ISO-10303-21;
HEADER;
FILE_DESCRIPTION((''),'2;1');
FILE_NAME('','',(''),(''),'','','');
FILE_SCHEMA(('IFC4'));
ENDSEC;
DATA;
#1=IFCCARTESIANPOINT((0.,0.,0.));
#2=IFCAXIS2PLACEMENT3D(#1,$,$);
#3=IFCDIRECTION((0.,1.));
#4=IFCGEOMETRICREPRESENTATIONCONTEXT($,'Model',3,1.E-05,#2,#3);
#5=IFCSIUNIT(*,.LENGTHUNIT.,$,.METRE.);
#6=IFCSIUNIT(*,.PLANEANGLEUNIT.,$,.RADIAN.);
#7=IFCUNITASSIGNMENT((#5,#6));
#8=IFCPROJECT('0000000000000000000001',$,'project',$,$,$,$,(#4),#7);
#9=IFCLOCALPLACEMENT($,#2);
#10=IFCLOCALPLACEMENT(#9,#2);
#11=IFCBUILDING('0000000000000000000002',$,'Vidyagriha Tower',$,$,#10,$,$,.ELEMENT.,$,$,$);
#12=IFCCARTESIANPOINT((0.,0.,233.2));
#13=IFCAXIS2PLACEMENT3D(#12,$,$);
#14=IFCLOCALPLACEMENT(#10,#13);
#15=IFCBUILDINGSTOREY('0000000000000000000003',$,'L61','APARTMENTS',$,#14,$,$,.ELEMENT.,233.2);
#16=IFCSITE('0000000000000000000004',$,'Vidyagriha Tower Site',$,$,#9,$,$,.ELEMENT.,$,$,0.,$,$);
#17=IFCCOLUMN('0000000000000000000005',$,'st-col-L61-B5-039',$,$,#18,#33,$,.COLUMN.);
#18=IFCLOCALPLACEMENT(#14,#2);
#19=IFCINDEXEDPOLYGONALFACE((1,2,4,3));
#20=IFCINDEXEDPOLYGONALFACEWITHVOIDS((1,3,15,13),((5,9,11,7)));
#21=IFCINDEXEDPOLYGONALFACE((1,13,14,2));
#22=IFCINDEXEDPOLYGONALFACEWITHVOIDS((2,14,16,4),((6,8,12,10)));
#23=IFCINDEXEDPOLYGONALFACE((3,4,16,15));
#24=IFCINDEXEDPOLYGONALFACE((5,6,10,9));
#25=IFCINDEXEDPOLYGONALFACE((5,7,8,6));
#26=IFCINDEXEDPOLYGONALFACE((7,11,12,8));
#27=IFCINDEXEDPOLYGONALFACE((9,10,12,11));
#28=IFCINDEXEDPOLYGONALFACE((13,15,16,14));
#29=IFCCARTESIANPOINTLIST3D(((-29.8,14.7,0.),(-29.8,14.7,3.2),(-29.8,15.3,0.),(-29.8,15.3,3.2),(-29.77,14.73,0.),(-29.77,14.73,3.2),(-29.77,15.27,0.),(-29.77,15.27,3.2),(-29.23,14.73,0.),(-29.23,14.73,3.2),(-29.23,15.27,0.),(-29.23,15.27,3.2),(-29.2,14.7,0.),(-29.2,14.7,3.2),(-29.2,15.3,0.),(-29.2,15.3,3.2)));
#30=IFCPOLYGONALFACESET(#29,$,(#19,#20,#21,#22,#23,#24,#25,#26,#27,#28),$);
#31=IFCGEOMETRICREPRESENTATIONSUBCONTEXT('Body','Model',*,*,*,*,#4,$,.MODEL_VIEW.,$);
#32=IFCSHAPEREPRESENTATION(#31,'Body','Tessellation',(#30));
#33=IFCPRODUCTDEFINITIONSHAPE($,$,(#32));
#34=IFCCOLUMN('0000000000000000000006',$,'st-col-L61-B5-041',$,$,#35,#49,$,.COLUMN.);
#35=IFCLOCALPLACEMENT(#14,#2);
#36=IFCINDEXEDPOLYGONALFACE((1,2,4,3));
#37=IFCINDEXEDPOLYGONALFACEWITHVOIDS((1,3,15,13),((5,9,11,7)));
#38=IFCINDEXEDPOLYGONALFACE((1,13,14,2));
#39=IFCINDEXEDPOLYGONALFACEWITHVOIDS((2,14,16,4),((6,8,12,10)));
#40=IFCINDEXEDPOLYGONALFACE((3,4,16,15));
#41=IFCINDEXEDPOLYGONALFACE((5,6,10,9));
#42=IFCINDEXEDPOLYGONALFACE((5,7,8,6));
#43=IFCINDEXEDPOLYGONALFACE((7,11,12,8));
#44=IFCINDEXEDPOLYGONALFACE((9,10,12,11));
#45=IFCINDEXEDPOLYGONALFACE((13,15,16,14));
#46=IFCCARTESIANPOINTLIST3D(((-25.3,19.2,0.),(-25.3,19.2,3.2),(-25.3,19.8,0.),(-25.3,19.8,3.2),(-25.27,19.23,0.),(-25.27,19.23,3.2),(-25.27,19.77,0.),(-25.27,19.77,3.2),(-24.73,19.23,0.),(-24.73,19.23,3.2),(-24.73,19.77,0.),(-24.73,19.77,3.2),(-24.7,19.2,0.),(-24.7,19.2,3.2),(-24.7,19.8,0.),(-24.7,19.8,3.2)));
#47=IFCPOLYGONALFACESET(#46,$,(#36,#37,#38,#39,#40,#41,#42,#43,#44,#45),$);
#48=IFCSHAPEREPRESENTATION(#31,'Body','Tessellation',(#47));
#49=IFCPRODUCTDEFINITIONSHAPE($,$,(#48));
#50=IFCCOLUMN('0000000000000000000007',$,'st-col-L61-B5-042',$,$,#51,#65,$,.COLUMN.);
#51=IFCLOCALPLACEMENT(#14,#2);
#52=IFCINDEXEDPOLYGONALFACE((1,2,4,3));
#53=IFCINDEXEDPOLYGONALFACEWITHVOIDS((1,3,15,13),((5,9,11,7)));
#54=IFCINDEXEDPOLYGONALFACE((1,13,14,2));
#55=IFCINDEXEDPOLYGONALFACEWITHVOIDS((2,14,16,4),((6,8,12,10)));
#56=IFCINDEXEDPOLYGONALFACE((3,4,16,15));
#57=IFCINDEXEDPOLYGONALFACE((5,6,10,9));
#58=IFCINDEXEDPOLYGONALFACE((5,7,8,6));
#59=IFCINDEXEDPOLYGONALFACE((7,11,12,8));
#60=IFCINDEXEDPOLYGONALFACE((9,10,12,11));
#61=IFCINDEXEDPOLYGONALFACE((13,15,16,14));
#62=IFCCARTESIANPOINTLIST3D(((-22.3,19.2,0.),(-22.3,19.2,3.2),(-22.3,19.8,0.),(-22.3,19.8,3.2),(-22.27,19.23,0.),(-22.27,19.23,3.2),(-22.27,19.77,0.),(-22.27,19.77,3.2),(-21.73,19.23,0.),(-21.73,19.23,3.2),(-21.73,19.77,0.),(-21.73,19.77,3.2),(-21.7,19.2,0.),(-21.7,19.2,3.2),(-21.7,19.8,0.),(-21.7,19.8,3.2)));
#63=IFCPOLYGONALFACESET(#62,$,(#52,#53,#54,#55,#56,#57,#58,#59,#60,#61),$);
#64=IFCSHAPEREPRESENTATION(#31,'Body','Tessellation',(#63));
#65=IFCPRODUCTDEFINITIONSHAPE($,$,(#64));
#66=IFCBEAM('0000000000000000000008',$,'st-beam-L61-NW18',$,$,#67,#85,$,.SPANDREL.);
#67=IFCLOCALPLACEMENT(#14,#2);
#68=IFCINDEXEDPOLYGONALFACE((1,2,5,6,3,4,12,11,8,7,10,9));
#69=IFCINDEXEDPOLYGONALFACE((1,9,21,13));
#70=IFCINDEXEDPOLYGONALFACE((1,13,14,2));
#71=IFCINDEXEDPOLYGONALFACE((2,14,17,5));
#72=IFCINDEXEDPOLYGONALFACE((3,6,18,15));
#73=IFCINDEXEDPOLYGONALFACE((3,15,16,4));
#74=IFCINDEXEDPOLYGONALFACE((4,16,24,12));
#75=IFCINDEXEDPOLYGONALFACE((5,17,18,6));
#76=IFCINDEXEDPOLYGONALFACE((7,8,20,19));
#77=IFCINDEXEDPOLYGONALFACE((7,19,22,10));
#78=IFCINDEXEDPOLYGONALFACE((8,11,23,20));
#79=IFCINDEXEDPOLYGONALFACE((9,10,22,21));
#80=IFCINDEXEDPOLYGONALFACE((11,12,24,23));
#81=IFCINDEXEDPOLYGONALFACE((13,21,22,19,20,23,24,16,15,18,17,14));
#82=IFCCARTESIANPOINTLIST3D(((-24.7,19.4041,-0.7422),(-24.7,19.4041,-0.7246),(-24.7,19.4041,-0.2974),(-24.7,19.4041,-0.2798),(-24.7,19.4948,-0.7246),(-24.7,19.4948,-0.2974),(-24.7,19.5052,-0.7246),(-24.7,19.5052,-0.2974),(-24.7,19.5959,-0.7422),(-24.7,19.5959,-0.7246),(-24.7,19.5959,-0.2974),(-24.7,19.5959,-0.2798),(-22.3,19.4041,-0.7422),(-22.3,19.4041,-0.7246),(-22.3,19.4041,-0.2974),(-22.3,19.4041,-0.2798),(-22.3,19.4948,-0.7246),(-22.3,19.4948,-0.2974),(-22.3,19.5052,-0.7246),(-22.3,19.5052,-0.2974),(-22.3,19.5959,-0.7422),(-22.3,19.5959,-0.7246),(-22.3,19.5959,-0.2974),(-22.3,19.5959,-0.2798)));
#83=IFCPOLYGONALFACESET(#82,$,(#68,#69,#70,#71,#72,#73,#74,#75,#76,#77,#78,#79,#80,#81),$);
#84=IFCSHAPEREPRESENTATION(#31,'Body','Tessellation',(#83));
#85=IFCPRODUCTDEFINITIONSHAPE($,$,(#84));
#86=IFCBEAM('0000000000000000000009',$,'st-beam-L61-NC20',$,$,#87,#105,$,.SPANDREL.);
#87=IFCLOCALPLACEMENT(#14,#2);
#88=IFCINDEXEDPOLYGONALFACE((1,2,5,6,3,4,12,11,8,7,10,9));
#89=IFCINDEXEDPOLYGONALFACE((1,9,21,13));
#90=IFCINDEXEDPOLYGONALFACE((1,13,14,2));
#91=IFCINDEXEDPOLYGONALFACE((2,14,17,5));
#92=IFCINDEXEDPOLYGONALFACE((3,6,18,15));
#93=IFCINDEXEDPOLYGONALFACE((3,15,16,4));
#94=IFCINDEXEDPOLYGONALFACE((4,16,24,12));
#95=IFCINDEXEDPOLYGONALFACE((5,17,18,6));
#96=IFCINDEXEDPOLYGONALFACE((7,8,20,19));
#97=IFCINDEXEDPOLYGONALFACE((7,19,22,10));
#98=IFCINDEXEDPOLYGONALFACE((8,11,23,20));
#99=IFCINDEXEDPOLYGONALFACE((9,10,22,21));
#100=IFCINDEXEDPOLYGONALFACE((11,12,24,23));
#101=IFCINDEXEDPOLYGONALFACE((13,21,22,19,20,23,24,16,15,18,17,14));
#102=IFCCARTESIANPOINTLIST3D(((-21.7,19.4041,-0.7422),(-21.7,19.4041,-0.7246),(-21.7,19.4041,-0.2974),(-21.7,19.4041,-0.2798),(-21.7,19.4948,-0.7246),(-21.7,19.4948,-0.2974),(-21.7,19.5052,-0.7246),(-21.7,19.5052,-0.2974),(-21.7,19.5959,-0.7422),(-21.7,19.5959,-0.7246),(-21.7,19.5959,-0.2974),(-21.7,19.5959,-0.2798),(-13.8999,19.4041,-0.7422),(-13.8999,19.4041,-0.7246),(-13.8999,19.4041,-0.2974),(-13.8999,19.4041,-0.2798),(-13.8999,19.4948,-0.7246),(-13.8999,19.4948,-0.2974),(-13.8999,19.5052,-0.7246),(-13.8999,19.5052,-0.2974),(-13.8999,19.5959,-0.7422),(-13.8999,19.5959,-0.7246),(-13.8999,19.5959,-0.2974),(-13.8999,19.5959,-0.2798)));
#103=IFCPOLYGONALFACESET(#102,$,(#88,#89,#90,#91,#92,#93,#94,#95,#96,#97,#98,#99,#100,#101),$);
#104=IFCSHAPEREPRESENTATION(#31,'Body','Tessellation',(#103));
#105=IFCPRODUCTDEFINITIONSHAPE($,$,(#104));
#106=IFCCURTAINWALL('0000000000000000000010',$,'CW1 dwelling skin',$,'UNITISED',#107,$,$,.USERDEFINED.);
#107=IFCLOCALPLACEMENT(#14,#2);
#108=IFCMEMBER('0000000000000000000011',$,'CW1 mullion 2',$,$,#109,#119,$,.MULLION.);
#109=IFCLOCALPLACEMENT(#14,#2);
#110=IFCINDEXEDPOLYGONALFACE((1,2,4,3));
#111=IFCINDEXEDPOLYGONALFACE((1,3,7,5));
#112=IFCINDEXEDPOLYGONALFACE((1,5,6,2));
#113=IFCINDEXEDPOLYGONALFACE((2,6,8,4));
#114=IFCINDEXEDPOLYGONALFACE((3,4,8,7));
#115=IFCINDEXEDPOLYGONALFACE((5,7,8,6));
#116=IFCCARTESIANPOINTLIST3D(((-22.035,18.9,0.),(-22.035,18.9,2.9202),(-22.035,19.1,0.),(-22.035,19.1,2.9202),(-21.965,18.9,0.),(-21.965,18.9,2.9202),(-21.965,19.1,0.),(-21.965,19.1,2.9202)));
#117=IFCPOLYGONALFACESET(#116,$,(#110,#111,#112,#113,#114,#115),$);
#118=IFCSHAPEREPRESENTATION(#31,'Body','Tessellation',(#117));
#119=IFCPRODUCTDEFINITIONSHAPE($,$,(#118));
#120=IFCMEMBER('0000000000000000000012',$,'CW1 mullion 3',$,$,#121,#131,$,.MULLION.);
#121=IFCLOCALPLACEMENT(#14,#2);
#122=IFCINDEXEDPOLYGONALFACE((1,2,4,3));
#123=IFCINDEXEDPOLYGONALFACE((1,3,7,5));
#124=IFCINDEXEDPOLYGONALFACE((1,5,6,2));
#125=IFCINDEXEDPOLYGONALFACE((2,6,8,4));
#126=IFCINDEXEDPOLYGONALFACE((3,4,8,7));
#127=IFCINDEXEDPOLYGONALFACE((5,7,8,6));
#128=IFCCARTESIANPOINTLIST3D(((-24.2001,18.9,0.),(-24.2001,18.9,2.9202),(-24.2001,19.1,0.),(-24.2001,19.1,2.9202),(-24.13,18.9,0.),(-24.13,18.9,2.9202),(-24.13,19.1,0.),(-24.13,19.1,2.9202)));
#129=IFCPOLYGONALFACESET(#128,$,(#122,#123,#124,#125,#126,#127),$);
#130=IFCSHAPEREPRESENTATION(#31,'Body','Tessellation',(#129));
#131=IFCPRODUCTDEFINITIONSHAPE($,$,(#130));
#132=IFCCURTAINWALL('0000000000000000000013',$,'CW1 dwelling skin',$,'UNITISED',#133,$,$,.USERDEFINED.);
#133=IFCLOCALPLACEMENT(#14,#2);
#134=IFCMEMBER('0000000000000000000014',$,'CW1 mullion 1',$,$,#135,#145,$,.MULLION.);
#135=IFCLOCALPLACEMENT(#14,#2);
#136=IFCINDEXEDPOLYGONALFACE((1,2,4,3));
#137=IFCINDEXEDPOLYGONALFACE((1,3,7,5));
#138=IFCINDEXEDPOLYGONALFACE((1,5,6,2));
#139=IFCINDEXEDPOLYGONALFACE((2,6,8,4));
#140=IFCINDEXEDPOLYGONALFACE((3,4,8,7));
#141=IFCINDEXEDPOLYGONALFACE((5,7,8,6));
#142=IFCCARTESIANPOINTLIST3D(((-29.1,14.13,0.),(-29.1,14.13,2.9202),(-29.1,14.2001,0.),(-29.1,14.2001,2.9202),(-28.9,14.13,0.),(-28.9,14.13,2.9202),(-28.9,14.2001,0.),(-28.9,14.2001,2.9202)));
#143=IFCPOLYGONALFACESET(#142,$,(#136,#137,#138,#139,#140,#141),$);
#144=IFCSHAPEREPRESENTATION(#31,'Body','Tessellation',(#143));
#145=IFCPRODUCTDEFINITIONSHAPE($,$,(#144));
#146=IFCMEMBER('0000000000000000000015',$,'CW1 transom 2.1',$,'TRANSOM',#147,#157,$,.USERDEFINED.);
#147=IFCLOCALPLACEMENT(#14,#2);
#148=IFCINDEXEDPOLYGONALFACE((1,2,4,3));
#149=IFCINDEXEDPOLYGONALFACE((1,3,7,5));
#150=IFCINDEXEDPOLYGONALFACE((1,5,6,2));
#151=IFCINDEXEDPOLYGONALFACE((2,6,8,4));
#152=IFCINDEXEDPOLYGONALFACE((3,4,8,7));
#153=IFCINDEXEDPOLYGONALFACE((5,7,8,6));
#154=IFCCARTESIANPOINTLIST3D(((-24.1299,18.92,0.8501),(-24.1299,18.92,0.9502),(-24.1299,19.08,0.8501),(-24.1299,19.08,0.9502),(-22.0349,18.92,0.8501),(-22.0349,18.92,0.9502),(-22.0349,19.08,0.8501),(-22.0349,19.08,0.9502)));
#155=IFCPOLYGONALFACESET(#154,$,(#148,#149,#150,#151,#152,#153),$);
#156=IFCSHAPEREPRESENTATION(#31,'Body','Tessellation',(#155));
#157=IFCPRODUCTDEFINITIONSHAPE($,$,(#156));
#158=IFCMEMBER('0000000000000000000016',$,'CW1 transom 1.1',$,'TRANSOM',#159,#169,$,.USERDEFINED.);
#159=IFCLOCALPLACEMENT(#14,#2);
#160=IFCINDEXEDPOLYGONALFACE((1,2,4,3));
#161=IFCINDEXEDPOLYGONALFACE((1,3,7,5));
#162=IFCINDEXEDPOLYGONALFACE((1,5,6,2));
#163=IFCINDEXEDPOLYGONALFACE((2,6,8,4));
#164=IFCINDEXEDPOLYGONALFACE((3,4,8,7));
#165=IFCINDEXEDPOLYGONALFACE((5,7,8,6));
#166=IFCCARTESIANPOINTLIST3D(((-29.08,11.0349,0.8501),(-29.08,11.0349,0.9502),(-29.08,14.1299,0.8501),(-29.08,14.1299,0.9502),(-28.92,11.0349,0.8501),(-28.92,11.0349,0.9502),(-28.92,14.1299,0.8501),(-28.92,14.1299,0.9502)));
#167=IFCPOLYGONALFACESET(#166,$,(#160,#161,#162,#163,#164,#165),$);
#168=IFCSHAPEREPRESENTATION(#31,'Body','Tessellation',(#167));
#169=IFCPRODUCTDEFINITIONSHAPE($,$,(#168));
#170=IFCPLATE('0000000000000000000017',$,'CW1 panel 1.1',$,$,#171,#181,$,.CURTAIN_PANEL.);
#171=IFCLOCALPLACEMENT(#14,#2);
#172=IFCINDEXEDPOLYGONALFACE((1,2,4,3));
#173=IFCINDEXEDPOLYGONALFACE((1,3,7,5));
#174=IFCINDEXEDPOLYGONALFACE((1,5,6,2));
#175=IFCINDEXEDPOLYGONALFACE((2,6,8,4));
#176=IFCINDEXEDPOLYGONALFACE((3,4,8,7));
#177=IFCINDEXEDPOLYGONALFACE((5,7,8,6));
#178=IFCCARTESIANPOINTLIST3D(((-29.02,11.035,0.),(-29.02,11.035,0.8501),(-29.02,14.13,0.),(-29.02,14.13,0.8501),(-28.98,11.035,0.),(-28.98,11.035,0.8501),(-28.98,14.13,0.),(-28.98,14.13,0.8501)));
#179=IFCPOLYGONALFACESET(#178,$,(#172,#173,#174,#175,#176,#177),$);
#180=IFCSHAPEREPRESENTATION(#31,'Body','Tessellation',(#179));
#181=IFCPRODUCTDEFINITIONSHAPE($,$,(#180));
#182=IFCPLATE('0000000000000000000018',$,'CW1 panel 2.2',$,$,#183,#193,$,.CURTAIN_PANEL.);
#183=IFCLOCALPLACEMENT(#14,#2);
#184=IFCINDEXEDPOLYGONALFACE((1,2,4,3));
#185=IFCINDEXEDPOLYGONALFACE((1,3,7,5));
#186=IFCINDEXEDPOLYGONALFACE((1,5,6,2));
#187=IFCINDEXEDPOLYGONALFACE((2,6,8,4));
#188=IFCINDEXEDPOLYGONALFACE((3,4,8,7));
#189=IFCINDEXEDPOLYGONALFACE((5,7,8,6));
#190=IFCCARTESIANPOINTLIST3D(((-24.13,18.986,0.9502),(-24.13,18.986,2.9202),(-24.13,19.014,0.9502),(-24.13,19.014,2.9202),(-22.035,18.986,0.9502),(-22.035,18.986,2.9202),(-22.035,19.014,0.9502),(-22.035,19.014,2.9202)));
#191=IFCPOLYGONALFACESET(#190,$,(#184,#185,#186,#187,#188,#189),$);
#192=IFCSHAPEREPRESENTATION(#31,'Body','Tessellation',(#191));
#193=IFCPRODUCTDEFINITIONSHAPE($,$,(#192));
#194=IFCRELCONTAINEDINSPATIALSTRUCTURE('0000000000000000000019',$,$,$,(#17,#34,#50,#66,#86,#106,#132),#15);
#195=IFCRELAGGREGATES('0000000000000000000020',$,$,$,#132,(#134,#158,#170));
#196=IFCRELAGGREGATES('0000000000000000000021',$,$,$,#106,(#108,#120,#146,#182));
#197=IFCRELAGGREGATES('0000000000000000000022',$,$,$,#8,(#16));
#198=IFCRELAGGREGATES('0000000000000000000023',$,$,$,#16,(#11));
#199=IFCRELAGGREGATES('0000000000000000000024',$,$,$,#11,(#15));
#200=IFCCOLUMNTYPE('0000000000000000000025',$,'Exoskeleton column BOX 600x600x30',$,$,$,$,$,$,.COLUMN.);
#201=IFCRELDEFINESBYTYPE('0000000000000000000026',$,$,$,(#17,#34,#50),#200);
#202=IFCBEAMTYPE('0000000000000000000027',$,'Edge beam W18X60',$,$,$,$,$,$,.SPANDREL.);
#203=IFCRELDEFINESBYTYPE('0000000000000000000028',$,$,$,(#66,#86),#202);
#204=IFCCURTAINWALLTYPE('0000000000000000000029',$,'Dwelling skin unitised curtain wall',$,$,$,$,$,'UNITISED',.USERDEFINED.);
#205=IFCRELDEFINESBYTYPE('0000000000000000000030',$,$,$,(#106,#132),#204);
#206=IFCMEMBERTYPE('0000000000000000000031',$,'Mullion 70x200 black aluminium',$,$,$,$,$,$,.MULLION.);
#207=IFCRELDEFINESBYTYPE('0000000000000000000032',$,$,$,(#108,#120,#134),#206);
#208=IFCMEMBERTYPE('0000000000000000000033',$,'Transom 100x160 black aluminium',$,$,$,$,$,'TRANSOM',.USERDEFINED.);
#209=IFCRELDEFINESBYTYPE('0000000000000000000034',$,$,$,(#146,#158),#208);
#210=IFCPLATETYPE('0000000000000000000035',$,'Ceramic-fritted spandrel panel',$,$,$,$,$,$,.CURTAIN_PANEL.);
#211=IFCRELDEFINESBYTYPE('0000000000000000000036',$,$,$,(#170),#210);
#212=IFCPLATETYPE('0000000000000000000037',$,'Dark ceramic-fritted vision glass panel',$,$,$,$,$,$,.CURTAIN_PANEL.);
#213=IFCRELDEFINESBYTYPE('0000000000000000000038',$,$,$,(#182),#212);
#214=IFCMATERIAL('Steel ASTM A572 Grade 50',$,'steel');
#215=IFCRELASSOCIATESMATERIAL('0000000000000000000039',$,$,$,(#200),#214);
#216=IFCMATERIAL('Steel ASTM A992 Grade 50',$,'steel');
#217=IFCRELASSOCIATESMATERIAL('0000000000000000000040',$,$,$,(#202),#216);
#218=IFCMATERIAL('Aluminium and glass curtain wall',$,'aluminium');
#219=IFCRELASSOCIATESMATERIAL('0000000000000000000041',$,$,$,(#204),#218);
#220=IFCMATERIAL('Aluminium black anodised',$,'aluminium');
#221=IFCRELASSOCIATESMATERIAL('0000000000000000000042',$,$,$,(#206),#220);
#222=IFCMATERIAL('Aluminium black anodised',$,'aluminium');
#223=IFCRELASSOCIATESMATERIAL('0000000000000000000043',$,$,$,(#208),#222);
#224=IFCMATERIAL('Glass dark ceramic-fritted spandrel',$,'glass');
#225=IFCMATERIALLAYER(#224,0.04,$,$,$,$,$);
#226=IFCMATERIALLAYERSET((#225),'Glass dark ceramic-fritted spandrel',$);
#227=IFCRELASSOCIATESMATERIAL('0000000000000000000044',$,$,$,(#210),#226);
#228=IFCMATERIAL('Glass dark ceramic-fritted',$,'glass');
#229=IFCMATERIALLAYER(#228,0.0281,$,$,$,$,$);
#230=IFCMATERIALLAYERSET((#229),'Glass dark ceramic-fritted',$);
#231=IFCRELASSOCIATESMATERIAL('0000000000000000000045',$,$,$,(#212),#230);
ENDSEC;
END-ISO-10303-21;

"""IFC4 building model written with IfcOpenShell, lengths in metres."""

from ifc_helpers import new_model, si_unit, direction, frame, origin, origin_2d, place, context, subcontext, project, spatial, rectangle, hollow_rectangle, i_section, extrude, material, layer, layer_set, material_profile, profile_set, type_object, element, aggregate, save


model = new_model("IFC4")

# Units and contexts
model_context = context("Model", 3, precision=1e-05, world=origin(), true_north=direction((0.0, 1.0)))
body_context = subcontext(model_context, "Body", "Model", "MODEL_VIEW")
ifc_project = project(units=[si_unit("LENGTHUNIT", "METRE"), si_unit("PLANEANGLEUNIT", "RADIAN")], contexts=[model_context])

# Site, building, storey
site_placement = place(None, origin())
site = spatial("IfcSite", under=ifc_project, at=site_placement, Name="Vidyagriha Tower Site", CompositionType="ELEMENT", RefElevation=0.0)
building_placement = place(site_placement, origin())
building = spatial("IfcBuilding", under=site, at=building_placement, Name="Vidyagriha Tower", CompositionType="ELEMENT")
storey_placement = place(building_placement, frame((0.0, 0.0, 233.2)))
storey = spatial("IfcBuildingStorey", under=building, at=storey_placement, Name="L61", Description="APARTMENTS", CompositionType="ELEMENT", Elevation=233.2)

# Columns
ifc_material_1 = material(Name="Steel ASTM A572 Grade 50", Category="steel")
ifc_material_profile_1 = material_profile(ifc_material_1, hollow_rectangle(XDim=0.6001, YDim=0.6001, WallThickness=0.03, at=origin_2d()), Name="BOX 600x600x30")
ifc_profile_set_1 = profile_set([ifc_material_profile_1], Name="Steel ASTM A572 Grade 50")
column_type = type_object("IfcColumnType", Name="Exoskeleton column BOX 600x600x30", PredefinedType="COLUMN", material=ifc_profile_set_1)
for number, where, name in (
    (1, (-29.5, 15.0, 0.0), "st-col-L61-B5-039"),
    (2, (-25.0, 19.5, 0.0), "st-col-L61-B5-041"),
    (3, (-22.0, 19.5, 0.0), "st-col-L61-B5-042"),
):
    element("IfcColumn", number, at=place(storey_placement, frame(where)), inside=storey, type_object=column_type, Name=name, PredefinedType="COLUMN", context=body_context, shape_type="SweptSolid", body=[
        extrude(hollow_rectangle(XDim=0.6001, YDim=0.6001, WallThickness=0.03, at=origin_2d()), origin(), (0.0, 0.0, 1.0), 3.2),
    ])

# Beams
ifc_material_2 = material(Name="Steel ASTM A992 Grade 50", Category="steel")
ifc_material_profile_2 = material_profile(ifc_material_2, i_section(OverallWidth=0.1919, OverallDepth=0.4624, WebThickness=0.0105, FlangeThickness=0.0176, at=origin_2d()), Name="W18X60")
ifc_profile_set_2 = profile_set([ifc_material_profile_2], Name="Steel ASTM A992 Grade 50")
beam_type = type_object("IfcBeamType", Name="Edge beam W18X60", PredefinedType="SPANDREL", material=ifc_profile_set_2)
beam_1_placement = place(storey_placement, frame((-24.7, 19.5, -0.511), z_axis=(1.0, 0.0, 0.0), x_axis=(0.0, 1.0, 0.0)))
element("IfcBeam", 4, at=beam_1_placement, inside=storey, type_object=beam_type, Name="st-beam-L61-NW18", PredefinedType="SPANDREL", context=body_context, shape_type="SweptSolid", body=[
    extrude(i_section(OverallWidth=0.1919, OverallDepth=0.4624, WebThickness=0.0105, FlangeThickness=0.0176, at=origin_2d()), origin(), (0.0, 0.0, 1.0), 2.3999),
])
beam_2_placement = place(storey_placement, frame((-21.7, 19.5, -0.511), z_axis=(1.0, 0.0, 0.0), x_axis=(0.0, 1.0, 0.0)))
element("IfcBeam", 5, at=beam_2_placement, inside=storey, type_object=beam_type, Name="st-beam-L61-NC20", PredefinedType="SPANDREL", context=body_context, shape_type="SweptSolid", body=[
    extrude(i_section(OverallWidth=0.1919, OverallDepth=0.4624, WebThickness=0.0105, FlangeThickness=0.0176, at=origin_2d()), origin(), (0.0, 0.0, 1.0), 7.8),
])

# Curtain wall, members
ifc_material_3 = material(Name="Aluminium and glass curtain wall", Category="aluminium")
curtain_wall_type = type_object("IfcCurtainWallType", Name="Dwelling skin unitised curtain wall", ElementType="UNITISED", PredefinedType="USERDEFINED", material=ifc_material_3)
curtain_wall_1_placement = place(storey_placement, origin())
curtain_wall_1 = element("IfcCurtainWall", 6, at=curtain_wall_1_placement, inside=storey, type_object=curtain_wall_type, Name="CW1 dwelling skin", ObjectType="UNITISED", PredefinedType="USERDEFINED")
ifc_material_4 = material(Name="Aluminium black anodised", Category="aluminium")
ifc_material_profile_3 = material_profile(ifc_material_4, rectangle(XDim=0.2, YDim=0.0701, at=origin_2d()), Name="Mullion 70x200 black aluminium")
ifc_profile_set_3 = profile_set([ifc_material_profile_3], Name="Aluminium black anodised")
member_type_1 = type_object("IfcMemberType", Name="Mullion 70x200 black aluminium", PredefinedType="MULLION", material=ifc_profile_set_3)
member_1_placement = place(storey_placement, frame((-22.0, 19.0, 0.0), z_axis=(0.0, 0.0, 1.0), x_axis=(0.0, -1.0, 0.0)))
member_1 = element("IfcMember", 7, at=member_1_placement, type_object=member_type_1, Name="CW1 mullion 2", PredefinedType="MULLION", context=body_context, shape_type="SweptSolid", body=[
    extrude(rectangle(XDim=0.2, YDim=0.0701, at=origin_2d()), origin(), (0.0, 0.0, 1.0), 2.9202),
])
member_2_placement = place(storey_placement, frame((-24.165, 19.0, 0.0), z_axis=(0.0, 0.0, 1.0), x_axis=(0.0, -1.0, 0.0)))
member_2 = element("IfcMember", 8, at=member_2_placement, type_object=member_type_1, Name="CW1 mullion 3", PredefinedType="MULLION", context=body_context, shape_type="SweptSolid", body=[
    extrude(rectangle(XDim=0.2, YDim=0.0701, at=origin_2d()), origin(), (0.0, 0.0, 1.0), 2.9202),
])

# Curtain wall, member
curtain_wall_2_placement = place(storey_placement, origin())
curtain_wall_2 = element("IfcCurtainWall", 9, at=curtain_wall_2_placement, inside=storey, type_object=curtain_wall_type, Name="CW1 dwelling skin", ObjectType="UNITISED", PredefinedType="USERDEFINED")
member_3_placement = place(storey_placement, frame((-29.0, 14.165, 0.0)))
member_3 = element("IfcMember", 10, at=member_3_placement, type_object=member_type_1, Name="CW1 mullion 1", PredefinedType="MULLION", context=body_context, shape_type="SweptSolid", body=[
    extrude(rectangle(XDim=0.2, YDim=0.0701, at=origin_2d()), origin(), (0.0, 0.0, 1.0), 2.9202),
])

# Members
ifc_material_5 = material(Name="Aluminium black anodised", Category="aluminium")
ifc_material_profile_4 = material_profile(ifc_material_5, rectangle(XDim=0.1599, YDim=0.1001, at=origin_2d()), Name="Transom 100x160 black aluminium")
ifc_profile_set_4 = profile_set([ifc_material_profile_4], Name="Aluminium black anodised")
member_type_2 = type_object("IfcMemberType", Name="Transom 100x160 black aluminium", ElementType="TRANSOM", PredefinedType="USERDEFINED", material=ifc_profile_set_4)
member_4_placement = place(storey_placement, frame((-22.0349, 19.0, 0.9001), z_axis=(-1.0, 0.0, 0.0), x_axis=(0.0, -1.0, 0.0)))
member_4 = element("IfcMember", 11, at=member_4_placement, type_object=member_type_2, Name="CW1 transom 2.1", ObjectType="TRANSOM", PredefinedType="USERDEFINED", context=body_context, shape_type="SweptSolid", body=[
    extrude(rectangle(XDim=0.1599, YDim=0.1001, at=origin_2d()), origin(), (0.0, 0.0, 1.0), 2.095),
])
member_5_placement = place(storey_placement, frame((-29.0, 14.1299, 0.9001), z_axis=(0.0, -1.0, 0.0), x_axis=(1.0, 0.0, 0.0)))
member_5 = element("IfcMember", 12, at=member_5_placement, type_object=member_type_2, Name="CW1 transom 1.1", ObjectType="TRANSOM", PredefinedType="USERDEFINED", context=body_context, shape_type="SweptSolid", body=[
    extrude(rectangle(XDim=0.1599, YDim=0.1001, at=origin_2d()), origin(), (0.0, 0.0, 1.0), 3.095),
])

# Plates
ifc_material_6 = material(Name="Glass dark ceramic-fritted spandrel", Category="glass")
ifc_layer_1 = layer(ifc_material_6, 0.04)
ifc_layer_set_1 = layer_set([ifc_layer_1], Name="Glass dark ceramic-fritted spandrel")
plate_type_1 = type_object("IfcPlateType", Name="Ceramic-fritted spandrel panel", PredefinedType="CURTAIN_PANEL", material=ifc_layer_set_1)
plate_1_placement = place(storey_placement, frame((-29.0, 12.5825, 0.0), z_axis=(0.0, 0.0, 1.0), x_axis=(0.0, -1.0, 0.0)))
plate_1 = element("IfcPlate", 13, at=plate_1_placement, type_object=plate_type_1, Name="CW1 panel 1.1", PredefinedType="CURTAIN_PANEL", context=body_context, shape_type="SweptSolid", body=[
    extrude(rectangle(XDim=3.095, YDim=0.04, at=origin_2d()), origin(), (0.0, 0.0, 1.0), 0.8501),
])
ifc_material_7 = material(Name="Glass dark ceramic-fritted", Category="glass")
ifc_layer_2 = layer(ifc_material_7, 0.0281)
ifc_layer_set_2 = layer_set([ifc_layer_2], Name="Glass dark ceramic-fritted")
plate_type_2 = type_object("IfcPlateType", Name="Dark ceramic-fritted vision glass panel", PredefinedType="CURTAIN_PANEL", material=ifc_layer_set_2)
plate_2_placement = place(storey_placement, frame((-23.0825, 19.0, 0.9502), z_axis=(0.0, 0.0, 1.0), x_axis=(-1.0, 0.0, 0.0)))
plate_2 = element("IfcPlate", 14, at=plate_2_placement, type_object=plate_type_2, Name="CW1 panel 2.2", PredefinedType="CURTAIN_PANEL", context=body_context, shape_type="SweptSolid", body=[
    extrude(rectangle(XDim=2.095, YDim=0.0281, at=origin_2d()), origin(), (0.0, 0.0, 1.0), 1.97),
])
aggregate(curtain_wall_2, [member_3, member_5, plate_1])
aggregate(curtain_wall_1, [member_1, member_2, member_4, plate_2])

save(model, "model.ifc")
